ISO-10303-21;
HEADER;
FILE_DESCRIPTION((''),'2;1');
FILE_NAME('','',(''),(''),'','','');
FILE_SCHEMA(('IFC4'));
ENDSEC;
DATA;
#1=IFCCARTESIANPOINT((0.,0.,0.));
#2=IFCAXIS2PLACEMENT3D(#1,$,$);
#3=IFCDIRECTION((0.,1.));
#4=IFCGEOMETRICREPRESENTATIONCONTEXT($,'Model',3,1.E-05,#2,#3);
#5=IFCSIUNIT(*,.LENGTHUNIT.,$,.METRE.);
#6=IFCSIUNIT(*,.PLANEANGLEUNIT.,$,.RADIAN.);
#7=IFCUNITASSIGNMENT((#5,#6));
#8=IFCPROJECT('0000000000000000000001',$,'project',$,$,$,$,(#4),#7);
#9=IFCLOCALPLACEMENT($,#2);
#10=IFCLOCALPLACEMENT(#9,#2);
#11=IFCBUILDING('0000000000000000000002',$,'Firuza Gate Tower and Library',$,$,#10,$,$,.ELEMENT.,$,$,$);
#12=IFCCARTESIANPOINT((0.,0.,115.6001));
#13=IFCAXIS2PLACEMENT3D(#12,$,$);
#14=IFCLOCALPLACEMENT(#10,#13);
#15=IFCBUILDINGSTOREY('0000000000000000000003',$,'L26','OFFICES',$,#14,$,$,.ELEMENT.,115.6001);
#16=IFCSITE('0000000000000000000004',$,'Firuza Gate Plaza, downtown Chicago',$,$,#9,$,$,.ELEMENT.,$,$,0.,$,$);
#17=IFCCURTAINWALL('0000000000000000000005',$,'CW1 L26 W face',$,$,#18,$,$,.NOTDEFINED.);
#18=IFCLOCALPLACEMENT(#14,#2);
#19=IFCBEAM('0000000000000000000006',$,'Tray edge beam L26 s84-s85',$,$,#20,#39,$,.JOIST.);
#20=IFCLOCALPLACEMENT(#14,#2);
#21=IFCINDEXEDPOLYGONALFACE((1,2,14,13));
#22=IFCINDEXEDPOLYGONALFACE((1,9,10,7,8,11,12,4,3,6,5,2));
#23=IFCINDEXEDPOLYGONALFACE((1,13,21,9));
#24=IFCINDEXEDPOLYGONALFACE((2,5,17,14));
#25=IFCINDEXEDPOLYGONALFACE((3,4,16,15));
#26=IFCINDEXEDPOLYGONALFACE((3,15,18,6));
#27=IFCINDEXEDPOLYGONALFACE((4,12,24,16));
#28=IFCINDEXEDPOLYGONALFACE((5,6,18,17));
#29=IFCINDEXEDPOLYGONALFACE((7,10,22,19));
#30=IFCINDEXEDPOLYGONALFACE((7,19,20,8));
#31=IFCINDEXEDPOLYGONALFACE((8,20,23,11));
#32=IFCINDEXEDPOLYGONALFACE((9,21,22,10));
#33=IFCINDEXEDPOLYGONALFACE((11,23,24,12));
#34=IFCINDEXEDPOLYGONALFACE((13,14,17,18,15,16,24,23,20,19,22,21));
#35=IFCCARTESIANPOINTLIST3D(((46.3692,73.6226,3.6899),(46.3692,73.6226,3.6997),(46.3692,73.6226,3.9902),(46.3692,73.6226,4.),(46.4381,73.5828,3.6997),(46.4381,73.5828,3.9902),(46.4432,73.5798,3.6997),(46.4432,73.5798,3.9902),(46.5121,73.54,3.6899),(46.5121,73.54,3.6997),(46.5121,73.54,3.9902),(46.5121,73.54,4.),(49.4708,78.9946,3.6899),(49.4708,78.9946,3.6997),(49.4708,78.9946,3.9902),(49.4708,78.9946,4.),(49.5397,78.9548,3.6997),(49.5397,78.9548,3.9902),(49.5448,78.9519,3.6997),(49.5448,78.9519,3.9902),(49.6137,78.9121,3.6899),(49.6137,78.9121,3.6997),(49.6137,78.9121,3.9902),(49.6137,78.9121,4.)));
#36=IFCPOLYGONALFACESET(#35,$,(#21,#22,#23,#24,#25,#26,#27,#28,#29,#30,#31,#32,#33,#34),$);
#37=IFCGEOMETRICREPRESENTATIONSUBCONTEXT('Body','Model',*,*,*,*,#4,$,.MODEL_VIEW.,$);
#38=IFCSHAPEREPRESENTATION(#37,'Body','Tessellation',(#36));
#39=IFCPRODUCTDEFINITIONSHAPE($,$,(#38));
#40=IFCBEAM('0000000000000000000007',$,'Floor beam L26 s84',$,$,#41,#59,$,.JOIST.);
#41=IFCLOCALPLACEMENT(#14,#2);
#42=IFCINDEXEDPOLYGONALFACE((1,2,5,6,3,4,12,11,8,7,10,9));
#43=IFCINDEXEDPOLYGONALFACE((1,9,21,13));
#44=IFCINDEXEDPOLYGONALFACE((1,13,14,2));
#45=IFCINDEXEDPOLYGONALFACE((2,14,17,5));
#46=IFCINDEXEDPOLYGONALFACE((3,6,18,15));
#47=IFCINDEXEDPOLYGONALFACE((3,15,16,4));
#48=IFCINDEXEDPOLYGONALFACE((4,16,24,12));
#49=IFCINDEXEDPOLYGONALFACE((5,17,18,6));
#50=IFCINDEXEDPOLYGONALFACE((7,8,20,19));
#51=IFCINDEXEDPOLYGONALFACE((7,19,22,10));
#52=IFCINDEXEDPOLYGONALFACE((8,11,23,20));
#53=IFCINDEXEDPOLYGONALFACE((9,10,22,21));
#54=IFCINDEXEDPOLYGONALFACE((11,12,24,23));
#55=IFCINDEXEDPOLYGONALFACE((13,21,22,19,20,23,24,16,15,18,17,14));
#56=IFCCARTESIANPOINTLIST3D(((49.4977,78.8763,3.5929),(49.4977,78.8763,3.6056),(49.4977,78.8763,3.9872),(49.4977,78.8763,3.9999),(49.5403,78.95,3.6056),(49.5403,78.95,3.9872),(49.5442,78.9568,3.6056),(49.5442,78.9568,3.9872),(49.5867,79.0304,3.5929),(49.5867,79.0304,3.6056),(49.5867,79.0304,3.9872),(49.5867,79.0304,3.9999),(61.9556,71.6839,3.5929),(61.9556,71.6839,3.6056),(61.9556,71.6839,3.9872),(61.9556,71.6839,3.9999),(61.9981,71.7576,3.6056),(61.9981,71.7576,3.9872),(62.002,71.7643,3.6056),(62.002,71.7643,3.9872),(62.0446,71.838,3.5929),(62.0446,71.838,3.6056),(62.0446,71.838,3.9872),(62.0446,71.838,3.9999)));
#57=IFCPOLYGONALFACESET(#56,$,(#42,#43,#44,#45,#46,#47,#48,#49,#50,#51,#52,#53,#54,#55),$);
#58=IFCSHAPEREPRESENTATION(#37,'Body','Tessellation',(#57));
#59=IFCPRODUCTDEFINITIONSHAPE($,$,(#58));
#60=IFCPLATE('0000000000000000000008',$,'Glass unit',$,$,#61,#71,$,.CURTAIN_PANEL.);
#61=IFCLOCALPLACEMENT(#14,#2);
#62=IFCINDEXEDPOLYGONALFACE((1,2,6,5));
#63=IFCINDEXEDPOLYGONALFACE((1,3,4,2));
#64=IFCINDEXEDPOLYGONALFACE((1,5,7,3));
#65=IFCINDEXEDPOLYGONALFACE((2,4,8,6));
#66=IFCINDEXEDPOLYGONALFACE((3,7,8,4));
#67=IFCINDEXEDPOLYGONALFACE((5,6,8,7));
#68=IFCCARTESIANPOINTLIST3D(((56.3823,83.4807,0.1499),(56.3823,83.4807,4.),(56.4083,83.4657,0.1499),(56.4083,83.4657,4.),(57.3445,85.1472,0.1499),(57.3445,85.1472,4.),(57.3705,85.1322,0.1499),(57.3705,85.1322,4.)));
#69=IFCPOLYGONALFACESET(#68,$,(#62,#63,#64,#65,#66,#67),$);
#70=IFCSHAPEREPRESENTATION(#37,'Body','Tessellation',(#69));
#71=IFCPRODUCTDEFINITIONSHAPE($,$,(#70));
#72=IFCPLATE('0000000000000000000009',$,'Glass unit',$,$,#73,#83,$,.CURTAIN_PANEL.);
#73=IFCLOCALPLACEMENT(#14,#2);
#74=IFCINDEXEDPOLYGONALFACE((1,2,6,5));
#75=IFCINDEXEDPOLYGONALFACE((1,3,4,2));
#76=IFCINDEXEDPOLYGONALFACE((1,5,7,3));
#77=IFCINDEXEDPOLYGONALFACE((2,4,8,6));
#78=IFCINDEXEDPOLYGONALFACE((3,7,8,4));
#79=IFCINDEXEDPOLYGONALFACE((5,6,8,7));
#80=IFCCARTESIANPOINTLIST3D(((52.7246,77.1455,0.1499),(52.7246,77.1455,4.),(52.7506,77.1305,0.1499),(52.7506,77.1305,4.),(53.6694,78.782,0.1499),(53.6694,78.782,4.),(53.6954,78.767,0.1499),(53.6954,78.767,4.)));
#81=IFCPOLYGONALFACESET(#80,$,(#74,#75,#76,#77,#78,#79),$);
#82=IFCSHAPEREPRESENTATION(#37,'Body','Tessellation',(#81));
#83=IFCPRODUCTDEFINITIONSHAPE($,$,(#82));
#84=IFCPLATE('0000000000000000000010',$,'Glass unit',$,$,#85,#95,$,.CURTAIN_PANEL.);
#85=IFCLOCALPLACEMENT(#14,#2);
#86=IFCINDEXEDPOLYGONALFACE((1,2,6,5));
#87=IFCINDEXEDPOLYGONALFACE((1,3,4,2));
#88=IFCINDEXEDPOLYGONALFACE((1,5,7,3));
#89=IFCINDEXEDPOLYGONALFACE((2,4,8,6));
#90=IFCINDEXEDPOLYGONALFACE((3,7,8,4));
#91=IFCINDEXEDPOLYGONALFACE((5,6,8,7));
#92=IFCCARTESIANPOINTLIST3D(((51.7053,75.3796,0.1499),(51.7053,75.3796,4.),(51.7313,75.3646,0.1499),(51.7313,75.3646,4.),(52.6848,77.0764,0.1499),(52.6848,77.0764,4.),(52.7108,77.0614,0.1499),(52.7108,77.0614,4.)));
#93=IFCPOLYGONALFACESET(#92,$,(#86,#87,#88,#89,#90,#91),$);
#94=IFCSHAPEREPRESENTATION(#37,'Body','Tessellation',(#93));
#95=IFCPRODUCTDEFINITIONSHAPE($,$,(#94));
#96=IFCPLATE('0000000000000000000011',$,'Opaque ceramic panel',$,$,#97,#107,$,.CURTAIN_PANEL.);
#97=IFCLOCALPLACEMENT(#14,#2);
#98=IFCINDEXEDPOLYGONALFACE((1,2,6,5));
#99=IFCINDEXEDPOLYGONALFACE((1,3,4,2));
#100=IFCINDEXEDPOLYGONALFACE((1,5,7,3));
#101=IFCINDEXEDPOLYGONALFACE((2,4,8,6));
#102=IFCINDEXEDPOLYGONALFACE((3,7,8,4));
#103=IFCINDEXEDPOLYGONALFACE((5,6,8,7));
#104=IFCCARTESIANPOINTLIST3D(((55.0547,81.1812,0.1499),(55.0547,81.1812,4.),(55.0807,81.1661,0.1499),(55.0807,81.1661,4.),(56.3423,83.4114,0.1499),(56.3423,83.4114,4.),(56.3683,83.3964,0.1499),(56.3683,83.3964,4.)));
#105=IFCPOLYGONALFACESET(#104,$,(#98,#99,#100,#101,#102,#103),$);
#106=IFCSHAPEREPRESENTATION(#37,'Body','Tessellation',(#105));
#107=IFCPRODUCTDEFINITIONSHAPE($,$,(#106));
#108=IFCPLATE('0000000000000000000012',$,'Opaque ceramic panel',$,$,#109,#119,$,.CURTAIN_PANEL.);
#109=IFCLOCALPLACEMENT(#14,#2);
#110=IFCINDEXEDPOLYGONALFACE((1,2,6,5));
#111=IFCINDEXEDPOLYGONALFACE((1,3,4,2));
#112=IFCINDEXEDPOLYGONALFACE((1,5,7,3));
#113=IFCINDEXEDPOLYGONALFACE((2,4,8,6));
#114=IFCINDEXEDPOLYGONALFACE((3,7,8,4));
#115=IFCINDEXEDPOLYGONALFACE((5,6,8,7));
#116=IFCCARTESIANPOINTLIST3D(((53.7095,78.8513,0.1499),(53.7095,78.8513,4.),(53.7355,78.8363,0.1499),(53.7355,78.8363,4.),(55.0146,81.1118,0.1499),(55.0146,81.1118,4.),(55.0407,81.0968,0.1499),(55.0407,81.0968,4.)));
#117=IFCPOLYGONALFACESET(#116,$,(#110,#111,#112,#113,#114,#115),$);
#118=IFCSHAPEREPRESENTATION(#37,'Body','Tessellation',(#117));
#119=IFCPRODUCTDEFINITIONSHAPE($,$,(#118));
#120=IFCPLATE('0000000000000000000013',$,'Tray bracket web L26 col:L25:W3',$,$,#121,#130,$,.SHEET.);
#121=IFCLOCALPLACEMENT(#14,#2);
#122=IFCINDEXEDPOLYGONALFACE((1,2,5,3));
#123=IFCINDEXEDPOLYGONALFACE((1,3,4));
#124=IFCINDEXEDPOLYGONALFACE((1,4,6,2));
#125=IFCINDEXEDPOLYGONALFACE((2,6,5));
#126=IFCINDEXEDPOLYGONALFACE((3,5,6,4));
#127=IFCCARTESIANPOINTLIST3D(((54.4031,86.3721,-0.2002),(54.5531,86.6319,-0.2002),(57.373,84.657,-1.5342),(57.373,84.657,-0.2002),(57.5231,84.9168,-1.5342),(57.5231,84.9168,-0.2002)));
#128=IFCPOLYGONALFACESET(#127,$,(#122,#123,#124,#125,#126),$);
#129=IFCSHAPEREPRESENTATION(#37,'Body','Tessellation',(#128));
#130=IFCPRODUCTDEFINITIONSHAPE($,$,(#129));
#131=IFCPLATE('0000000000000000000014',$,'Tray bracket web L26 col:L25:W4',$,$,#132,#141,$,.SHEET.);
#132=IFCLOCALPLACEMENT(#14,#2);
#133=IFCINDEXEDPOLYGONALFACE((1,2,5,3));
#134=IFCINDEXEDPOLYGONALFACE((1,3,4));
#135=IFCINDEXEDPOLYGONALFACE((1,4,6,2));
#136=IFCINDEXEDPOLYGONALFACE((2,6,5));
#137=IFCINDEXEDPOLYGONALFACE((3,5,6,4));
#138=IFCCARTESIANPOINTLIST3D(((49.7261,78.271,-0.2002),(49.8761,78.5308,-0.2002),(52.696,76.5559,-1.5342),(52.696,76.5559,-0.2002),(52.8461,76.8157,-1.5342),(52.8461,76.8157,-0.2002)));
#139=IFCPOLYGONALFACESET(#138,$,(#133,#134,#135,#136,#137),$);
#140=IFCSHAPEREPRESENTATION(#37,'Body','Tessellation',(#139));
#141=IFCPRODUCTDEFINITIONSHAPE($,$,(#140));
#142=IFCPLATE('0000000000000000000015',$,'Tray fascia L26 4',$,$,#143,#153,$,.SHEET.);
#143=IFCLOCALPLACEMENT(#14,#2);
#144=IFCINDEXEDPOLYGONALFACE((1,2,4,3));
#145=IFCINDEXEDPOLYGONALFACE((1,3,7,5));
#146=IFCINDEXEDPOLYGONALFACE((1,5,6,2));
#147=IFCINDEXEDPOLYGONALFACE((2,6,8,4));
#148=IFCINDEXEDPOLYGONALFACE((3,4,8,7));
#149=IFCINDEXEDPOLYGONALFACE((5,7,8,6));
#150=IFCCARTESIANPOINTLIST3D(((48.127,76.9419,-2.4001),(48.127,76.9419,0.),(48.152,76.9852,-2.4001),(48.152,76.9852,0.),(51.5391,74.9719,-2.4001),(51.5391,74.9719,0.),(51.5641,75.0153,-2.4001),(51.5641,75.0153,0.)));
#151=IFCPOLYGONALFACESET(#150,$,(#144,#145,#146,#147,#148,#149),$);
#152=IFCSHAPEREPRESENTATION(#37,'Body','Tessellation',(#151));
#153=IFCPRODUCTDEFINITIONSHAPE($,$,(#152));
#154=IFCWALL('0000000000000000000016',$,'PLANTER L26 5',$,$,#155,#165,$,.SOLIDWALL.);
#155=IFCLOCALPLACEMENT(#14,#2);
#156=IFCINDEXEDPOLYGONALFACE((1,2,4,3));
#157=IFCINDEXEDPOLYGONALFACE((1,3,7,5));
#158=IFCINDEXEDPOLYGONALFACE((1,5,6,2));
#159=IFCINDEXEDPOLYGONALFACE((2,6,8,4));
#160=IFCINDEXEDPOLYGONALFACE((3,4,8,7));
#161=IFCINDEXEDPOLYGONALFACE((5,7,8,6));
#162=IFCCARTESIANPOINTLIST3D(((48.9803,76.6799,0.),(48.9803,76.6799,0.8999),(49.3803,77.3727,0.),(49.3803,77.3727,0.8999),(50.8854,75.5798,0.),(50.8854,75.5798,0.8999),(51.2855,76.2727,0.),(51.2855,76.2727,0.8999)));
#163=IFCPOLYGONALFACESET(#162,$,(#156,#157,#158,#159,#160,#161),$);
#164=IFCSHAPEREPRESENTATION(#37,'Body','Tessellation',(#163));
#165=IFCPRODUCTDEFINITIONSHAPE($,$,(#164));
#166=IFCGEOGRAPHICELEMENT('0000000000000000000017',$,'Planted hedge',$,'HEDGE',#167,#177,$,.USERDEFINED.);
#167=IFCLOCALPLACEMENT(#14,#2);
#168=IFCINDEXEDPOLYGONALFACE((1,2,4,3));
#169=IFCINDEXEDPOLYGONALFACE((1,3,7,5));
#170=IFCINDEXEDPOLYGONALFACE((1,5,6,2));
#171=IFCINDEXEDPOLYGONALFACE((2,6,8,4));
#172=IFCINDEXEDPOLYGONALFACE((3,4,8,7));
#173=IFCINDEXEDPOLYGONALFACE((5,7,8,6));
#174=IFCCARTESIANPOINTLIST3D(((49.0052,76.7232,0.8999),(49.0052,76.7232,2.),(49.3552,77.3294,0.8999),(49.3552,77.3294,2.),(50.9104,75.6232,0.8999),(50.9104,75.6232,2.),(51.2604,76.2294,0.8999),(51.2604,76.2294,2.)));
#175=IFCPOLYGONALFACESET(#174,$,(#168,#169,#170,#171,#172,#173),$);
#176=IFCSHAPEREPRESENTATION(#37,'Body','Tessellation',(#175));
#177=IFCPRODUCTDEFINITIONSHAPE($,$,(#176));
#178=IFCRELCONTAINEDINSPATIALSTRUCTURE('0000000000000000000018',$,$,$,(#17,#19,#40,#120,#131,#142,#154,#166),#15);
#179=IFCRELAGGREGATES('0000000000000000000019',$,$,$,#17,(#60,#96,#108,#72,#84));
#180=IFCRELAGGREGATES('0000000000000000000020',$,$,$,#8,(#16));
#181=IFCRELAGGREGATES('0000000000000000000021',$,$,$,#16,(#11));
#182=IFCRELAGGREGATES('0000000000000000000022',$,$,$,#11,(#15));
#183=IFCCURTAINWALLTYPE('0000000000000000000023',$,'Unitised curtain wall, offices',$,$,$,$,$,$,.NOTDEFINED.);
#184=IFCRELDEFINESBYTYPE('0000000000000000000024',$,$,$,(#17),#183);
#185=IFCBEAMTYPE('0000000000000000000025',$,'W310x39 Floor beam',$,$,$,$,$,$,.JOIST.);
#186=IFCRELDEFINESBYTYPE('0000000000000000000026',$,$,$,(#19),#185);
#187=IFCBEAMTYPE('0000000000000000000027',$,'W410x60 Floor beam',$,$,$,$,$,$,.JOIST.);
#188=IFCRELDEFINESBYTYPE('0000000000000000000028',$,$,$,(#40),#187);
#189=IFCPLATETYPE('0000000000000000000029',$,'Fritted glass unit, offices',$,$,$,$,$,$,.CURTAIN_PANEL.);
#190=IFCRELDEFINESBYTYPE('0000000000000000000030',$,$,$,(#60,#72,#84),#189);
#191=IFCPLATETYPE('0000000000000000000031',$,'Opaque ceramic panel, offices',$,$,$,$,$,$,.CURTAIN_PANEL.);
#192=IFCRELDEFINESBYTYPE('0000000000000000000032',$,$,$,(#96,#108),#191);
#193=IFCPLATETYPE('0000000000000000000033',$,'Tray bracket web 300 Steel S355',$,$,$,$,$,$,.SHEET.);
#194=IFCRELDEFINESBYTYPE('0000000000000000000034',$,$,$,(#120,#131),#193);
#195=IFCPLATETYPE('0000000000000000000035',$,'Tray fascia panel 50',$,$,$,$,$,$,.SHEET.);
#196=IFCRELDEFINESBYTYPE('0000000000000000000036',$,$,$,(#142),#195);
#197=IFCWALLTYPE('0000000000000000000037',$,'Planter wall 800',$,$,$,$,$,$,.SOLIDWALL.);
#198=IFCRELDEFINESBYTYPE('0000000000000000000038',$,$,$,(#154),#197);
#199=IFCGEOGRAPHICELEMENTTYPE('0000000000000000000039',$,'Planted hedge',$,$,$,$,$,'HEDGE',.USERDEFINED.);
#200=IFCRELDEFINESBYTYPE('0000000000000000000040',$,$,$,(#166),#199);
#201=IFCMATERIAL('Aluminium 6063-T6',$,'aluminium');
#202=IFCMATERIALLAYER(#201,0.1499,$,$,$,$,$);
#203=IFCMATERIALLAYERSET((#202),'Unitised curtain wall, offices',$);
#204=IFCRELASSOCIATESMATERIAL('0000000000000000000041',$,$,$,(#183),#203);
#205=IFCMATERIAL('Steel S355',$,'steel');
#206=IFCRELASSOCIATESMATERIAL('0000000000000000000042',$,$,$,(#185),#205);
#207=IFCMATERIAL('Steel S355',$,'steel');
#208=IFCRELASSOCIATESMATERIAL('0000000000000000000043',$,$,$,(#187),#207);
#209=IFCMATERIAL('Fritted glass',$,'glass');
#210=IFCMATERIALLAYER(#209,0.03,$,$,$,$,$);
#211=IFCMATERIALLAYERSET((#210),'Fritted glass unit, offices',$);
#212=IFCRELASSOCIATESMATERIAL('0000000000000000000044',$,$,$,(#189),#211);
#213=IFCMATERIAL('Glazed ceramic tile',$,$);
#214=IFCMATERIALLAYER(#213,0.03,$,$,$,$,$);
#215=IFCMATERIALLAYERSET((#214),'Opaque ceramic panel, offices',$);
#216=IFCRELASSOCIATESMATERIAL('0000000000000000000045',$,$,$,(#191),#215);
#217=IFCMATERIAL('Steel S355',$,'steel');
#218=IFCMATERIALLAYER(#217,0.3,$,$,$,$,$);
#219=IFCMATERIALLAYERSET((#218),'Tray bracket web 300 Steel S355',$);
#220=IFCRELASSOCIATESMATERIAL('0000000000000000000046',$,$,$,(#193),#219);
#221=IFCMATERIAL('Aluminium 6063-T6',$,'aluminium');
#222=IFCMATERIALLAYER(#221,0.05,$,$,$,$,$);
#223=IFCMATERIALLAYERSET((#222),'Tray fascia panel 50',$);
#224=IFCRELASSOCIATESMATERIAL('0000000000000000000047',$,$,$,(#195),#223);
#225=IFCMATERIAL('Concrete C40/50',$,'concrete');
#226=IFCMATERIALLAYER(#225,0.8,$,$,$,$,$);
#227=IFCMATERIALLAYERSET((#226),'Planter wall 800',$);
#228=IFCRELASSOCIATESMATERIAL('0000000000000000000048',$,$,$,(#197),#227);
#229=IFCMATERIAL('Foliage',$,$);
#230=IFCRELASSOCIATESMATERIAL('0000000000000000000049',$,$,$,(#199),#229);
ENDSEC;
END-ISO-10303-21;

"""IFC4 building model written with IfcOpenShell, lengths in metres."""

from ifc_helpers import new_model, si_unit, direction, frame, frame_2d, origin, origin_2d, place, context, subcontext, project, spatial, polyline, rectangle, i_section, outline, extrude, material, layer, layer_set, material_profile, profile_set, type_object, element, aggregate, save


model = new_model("IFC4")

# Units and contexts
model_context = context("Model", 3, precision=1e-05, world=origin(), true_north=direction((0.0, 1.0)))
body_context = subcontext(model_context, "Body", "Model", "MODEL_VIEW")
ifc_project = project(units=[si_unit("LENGTHUNIT", "METRE"), si_unit("PLANEANGLEUNIT", "RADIAN")], contexts=[model_context])

# Site, building, storey
site_placement = place(None, origin())
site = spatial("IfcSite", under=ifc_project, at=site_placement, Name="Firuza Gate Plaza, downtown Chicago", CompositionType="ELEMENT", RefElevation=0.0)
building_placement = place(site_placement, origin())
building = spatial("IfcBuilding", under=site, at=building_placement, Name="Firuza Gate Tower and Library", CompositionType="ELEMENT")
storey_placement = place(building_placement, frame((0.0, 0.0, 115.6001)))
storey = spatial("IfcBuildingStorey", under=building, at=storey_placement, Name="L26", Description="OFFICES", CompositionType="ELEMENT", Elevation=115.6001)

# Curtain wall
ifc_material_1 = material(Name="Aluminium 6063-T6", Category="aluminium")
ifc_layer_1 = layer(ifc_material_1, 0.1499)
ifc_layer_set_1 = layer_set([ifc_layer_1], Name="Unitised curtain wall, offices")
curtain_wall_type = type_object("IfcCurtainWallType", Name="Unitised curtain wall, offices", PredefinedType="NOTDEFINED", material=ifc_layer_set_1)
curtain_wall_placement = place(storey_placement, origin())
curtain_wall = element("IfcCurtainWall", 1, at=curtain_wall_placement, inside=storey, type_object=curtain_wall_type, Name="CW1 L26 W face", PredefinedType="NOTDEFINED")

# Beams
ifc_material_2 = material(Name="Steel S355", Category="steel")
ifc_material_profile_1 = material_profile(ifc_material_2, i_section(OverallWidth=0.165, OverallDepth=0.3101, WebThickness=0.0059, FlangeThickness=0.0098, at=origin_2d()))
ifc_profile_set_1 = profile_set([ifc_material_profile_1], Name="Steel S355")
beam_type_1 = type_object("IfcBeamType", Name="W310x39 Floor beam", PredefinedType="JOIST", material=ifc_profile_set_1)
beam_1_placement = place(storey_placement, frame((49.5422, 78.9534, 3.845), z_axis=(-0.5, -0.866026, 0.0), x_axis=(0.866026, -0.5, 0.0)))
element("IfcBeam", 2, at=beam_1_placement, inside=storey, type_object=beam_type_1, Name="Tray edge beam L26 s84-s85", PredefinedType="JOIST", context=body_context, shape_type="SweptSolid", body=[
    extrude(i_section(OverallWidth=0.165, OverallDepth=0.3101, WebThickness=0.0059, FlangeThickness=0.0098, at=origin_2d()), origin(), (0.0, 0.0, 1.0), 6.2031),
])
ifc_material_3 = material(Name="Steel S355", Category="steel")
ifc_material_profile_2 = material_profile(ifc_material_3, i_section(OverallWidth=0.178, OverallDepth=0.407, WebThickness=0.0078, FlangeThickness=0.0127, at=origin_2d()))
ifc_profile_set_2 = profile_set([ifc_material_profile_2], Name="Steel S355")
beam_type_2 = type_object("IfcBeamType", Name="W410x60 Floor beam", PredefinedType="JOIST", material=ifc_profile_set_2)
beam_2_placement = place(storey_placement, frame((49.5422, 78.9534, 3.7964), z_axis=(0.866029, -0.499994, 0.0), x_axis=(0.499994, 0.866029, 0.0)))
element("IfcBeam", 3, at=beam_2_placement, inside=storey, type_object=beam_type_2, Name="Floor beam L26 s84", PredefinedType="JOIST", context=body_context, shape_type="SweptSolid", body=[
    extrude(i_section(OverallWidth=0.178, OverallDepth=0.407, WebThickness=0.0078, FlangeThickness=0.0127, at=origin_2d()), origin(), (0.0, 0.0, 1.0), 14.385),
])

# Plates
ifc_material_4 = material(Name="Fritted glass", Category="glass")
ifc_layer_2 = layer(ifc_material_4, 0.03)
ifc_layer_set_2 = layer_set([ifc_layer_2], Name="Fritted glass unit, offices")
plate_type_1 = type_object("IfcPlateType", Name="Fritted glass unit, offices", PredefinedType="CURTAIN_PANEL", material=ifc_layer_set_2)
plate_1_placement = place(storey_placement, frame((57.3445, 85.1472, 0.1499), z_axis=(-0.866025, 0.500001, 0.0), x_axis=(-0.500001, -0.866025, 0.0)))
plate_1 = element("IfcPlate", 4, at=plate_1_placement, type_object=plate_type_1, Name="Glass unit", PredefinedType="CURTAIN_PANEL", context=body_context, shape_type="SweptSolid", body=[
    extrude(outline(polyline([(0.0, 0.0), (1.9243, 0.0), (1.9243, 3.8501), (0.0, 3.8501), (0.0, 0.0)])), origin(), (0.0, 0.0, -1.0), 0.03),
])
plate_2_placement = place(storey_placement, frame((53.6694, 78.782, 0.1499), z_axis=(-0.866024, 0.500002, 0.0), x_axis=(-0.500002, -0.866024, 0.0)))
plate_2 = element("IfcPlate", 5, at=plate_2_placement, type_object=plate_type_1, Name="Glass unit", PredefinedType="CURTAIN_PANEL", context=body_context, shape_type="SweptSolid", body=[
    extrude(outline(polyline([(0.0, 0.0), (1.8896, 0.0), (1.8896, 3.8501), (0.0, 3.8501), (0.0, 0.0)])), origin(), (0.0, 0.0, -1.0), 0.03),
])
plate_3_placement = place(storey_placement, frame((52.6848, 77.0764, 0.1499), z_axis=(-0.866057, 0.499945, 0.0), x_axis=(-0.499945, -0.866057, 0.0)))
plate_3 = element("IfcPlate", 6, at=plate_3_placement, type_object=plate_type_1, Name="Glass unit", PredefinedType="CURTAIN_PANEL", context=body_context, shape_type="SweptSolid", body=[
    extrude(outline(polyline([(0.0, 0.0), (1.9592, 0.0), (1.9592, 3.8501), (0.0, 3.8501), (0.0, 0.0)])), origin(), (0.0, 0.0, -1.0), 0.03),
])
ifc_material_5 = material(Name="Glazed ceramic tile")
ifc_layer_3 = layer(ifc_material_5, 0.03)
ifc_layer_set_3 = layer_set([ifc_layer_3], Name="Opaque ceramic panel, offices")
plate_type_2 = type_object("IfcPlateType", Name="Opaque ceramic panel, offices", PredefinedType="CURTAIN_PANEL", material=ifc_layer_set_3)
plate_4_placement = place(storey_placement, frame((56.3423, 83.4114, 0.1499), z_axis=(-0.866029, 0.499993, 0.0), x_axis=(-0.499993, -0.866029, 0.0)))
plate_4 = element("IfcPlate", 7, at=plate_4_placement, type_object=plate_type_2, Name="Opaque ceramic panel", PredefinedType="CURTAIN_PANEL", context=body_context, shape_type="SweptSolid", body=[
    extrude(outline(polyline([(0.0, 0.0), (2.5752, 0.0), (2.5752, 3.8501), (0.0, 3.8501), (0.0, 0.0)])), origin(), (0.0, 0.0, -1.0), 0.03),
])
plate_5_placement = place(storey_placement, frame((55.0146, 81.1118, 0.1499), z_axis=(-0.866013, 0.500022, 0.0), x_axis=(-0.500022, -0.866013, 0.0)))
plate_5 = element("IfcPlate", 8, at=plate_5_placement, type_object=plate_type_2, Name="Opaque ceramic panel", PredefinedType="CURTAIN_PANEL", context=body_context, shape_type="SweptSolid", body=[
    extrude(outline(polyline([(0.0, 0.0), (2.6102, 0.0), (2.6102, 3.8501), (0.0, 3.8501), (0.0, 0.0)])), origin(), (0.0, 0.0, -1.0), 0.03),
])
aggregate(curtain_wall, [plate_1, plate_4, plate_5, plate_2, plate_3])

# Plates
ifc_material_6 = material(Name="Steel S355", Category="steel")
ifc_layer_4 = layer(ifc_material_6, 0.3)
ifc_layer_set_4 = layer_set([ifc_layer_4], Name="Tray bracket web 300 Steel S355")
plate_type_3 = type_object("IfcPlateType", Name="Tray bracket web 300 Steel S355", PredefinedType="SHEET", material=ifc_layer_set_4)
for number, where, z_axis, x_axis, name in (
    (9, (57.373, 84.657, -0.2002), (-0.500082, -0.865978, 0.0), (-0.865978, 0.500082, 0.0), "Tray bracket web L26 col:L25:W3"),
    (10, (52.696, 76.5559, -0.2002), (-0.500082, -0.865978, 0.0), (-0.865978, 0.500082, 0.0), "Tray bracket web L26 col:L25:W4"),
):
    element("IfcPlate", number, at=place(storey_placement, frame(where, z_axis=z_axis, x_axis=x_axis)), inside=storey, type_object=plate_type_3, Name=name, PredefinedType="SHEET", context=body_context, shape_type="SweptSolid", body=[
        extrude(outline(polyline([(0.0, 0.0), (3.4296, 0.0), (0.0, 1.334), (0.0, 0.0)])), origin(), (0.0, 0.0, -1.0), 0.3),
    ])
ifc_material_7 = material(Name="Aluminium 6063-T6", Category="aluminium")
ifc_layer_5 = layer(ifc_material_7, 0.05)
ifc_layer_set_5 = layer_set([ifc_layer_5], Name="Tray fascia panel 50")
plate_type_4 = type_object("IfcPlateType", Name="Tray fascia panel 50", PredefinedType="SHEET", material=ifc_layer_set_5)
plate_6_placement = place(storey_placement, frame((48.127, 76.9419, -2.4001), z_axis=(-0.499998, -0.866027, 0.0), x_axis=(0.866027, -0.499998, 0.0)))
element("IfcPlate", 11, at=plate_6_placement, inside=storey, type_object=plate_type_4, Name="Tray fascia L26 4", PredefinedType="SHEET", context=body_context, shape_type="SweptSolid", body=[
    extrude(outline(polyline([(0.0, 0.0), (3.94, 0.0), (3.94, 2.4001), (0.0, 2.4001), (0.0, 0.0)])), origin(), (0.0, 0.0, -1.0), 0.05),
])

# Wall
ifc_material_8 = material(Name="Concrete C40/50", Category="concrete")
ifc_layer_6 = layer(ifc_material_8, 0.8)
ifc_layer_set_6 = layer_set([ifc_layer_6], Name="Planter wall 800")
wall_type = type_object("IfcWallType", Name="Planter wall 800", PredefinedType="SOLIDWALL", material=ifc_layer_set_6)
wall_placement = place(storey_placement, frame((49.1802, 77.0264, 0.0), z_axis=(0.0, 0.0, 1.0), x_axis=(0.866008, -0.50003, 0.0)))
element("IfcWall", 12, at=wall_placement, inside=storey, type_object=wall_type, Name="PLANTER L26 5", PredefinedType="SOLIDWALL", context=body_context, shape_type="SweptSolid", body=[
    extrude(rectangle(XDim=2.2, YDim=0.8, at=frame_2d((1.1001, 0.0))), origin(), (0.0, 0.0, 1.0), 0.8999),
])

# Geographic element
ifc_material_9 = material(Name="Foliage")
geographic_element_type = type_object("IfcGeographicElementType", Name="Planted hedge", ElementType="HEDGE", PredefinedType="USERDEFINED", material=ifc_material_9)
geographic_element_placement = place(storey_placement, frame((50.1328, 76.4763, 0.8999), z_axis=(0.0, 0.0, 1.0), x_axis=(0.866025, -0.5, 0.0)))
element("IfcGeographicElement", 13, at=geographic_element_placement, inside=storey, type_object=geographic_element_type, Name="Planted hedge", ObjectType="HEDGE", PredefinedType="USERDEFINED", context=body_context, shape_type="SweptSolid", body=[
    extrude(rectangle(XDim=2.2, YDim=0.7, at=origin_2d()), origin(), (0.0, 0.0, 1.0), 1.1001),
])

save(model, "model.ifc")
